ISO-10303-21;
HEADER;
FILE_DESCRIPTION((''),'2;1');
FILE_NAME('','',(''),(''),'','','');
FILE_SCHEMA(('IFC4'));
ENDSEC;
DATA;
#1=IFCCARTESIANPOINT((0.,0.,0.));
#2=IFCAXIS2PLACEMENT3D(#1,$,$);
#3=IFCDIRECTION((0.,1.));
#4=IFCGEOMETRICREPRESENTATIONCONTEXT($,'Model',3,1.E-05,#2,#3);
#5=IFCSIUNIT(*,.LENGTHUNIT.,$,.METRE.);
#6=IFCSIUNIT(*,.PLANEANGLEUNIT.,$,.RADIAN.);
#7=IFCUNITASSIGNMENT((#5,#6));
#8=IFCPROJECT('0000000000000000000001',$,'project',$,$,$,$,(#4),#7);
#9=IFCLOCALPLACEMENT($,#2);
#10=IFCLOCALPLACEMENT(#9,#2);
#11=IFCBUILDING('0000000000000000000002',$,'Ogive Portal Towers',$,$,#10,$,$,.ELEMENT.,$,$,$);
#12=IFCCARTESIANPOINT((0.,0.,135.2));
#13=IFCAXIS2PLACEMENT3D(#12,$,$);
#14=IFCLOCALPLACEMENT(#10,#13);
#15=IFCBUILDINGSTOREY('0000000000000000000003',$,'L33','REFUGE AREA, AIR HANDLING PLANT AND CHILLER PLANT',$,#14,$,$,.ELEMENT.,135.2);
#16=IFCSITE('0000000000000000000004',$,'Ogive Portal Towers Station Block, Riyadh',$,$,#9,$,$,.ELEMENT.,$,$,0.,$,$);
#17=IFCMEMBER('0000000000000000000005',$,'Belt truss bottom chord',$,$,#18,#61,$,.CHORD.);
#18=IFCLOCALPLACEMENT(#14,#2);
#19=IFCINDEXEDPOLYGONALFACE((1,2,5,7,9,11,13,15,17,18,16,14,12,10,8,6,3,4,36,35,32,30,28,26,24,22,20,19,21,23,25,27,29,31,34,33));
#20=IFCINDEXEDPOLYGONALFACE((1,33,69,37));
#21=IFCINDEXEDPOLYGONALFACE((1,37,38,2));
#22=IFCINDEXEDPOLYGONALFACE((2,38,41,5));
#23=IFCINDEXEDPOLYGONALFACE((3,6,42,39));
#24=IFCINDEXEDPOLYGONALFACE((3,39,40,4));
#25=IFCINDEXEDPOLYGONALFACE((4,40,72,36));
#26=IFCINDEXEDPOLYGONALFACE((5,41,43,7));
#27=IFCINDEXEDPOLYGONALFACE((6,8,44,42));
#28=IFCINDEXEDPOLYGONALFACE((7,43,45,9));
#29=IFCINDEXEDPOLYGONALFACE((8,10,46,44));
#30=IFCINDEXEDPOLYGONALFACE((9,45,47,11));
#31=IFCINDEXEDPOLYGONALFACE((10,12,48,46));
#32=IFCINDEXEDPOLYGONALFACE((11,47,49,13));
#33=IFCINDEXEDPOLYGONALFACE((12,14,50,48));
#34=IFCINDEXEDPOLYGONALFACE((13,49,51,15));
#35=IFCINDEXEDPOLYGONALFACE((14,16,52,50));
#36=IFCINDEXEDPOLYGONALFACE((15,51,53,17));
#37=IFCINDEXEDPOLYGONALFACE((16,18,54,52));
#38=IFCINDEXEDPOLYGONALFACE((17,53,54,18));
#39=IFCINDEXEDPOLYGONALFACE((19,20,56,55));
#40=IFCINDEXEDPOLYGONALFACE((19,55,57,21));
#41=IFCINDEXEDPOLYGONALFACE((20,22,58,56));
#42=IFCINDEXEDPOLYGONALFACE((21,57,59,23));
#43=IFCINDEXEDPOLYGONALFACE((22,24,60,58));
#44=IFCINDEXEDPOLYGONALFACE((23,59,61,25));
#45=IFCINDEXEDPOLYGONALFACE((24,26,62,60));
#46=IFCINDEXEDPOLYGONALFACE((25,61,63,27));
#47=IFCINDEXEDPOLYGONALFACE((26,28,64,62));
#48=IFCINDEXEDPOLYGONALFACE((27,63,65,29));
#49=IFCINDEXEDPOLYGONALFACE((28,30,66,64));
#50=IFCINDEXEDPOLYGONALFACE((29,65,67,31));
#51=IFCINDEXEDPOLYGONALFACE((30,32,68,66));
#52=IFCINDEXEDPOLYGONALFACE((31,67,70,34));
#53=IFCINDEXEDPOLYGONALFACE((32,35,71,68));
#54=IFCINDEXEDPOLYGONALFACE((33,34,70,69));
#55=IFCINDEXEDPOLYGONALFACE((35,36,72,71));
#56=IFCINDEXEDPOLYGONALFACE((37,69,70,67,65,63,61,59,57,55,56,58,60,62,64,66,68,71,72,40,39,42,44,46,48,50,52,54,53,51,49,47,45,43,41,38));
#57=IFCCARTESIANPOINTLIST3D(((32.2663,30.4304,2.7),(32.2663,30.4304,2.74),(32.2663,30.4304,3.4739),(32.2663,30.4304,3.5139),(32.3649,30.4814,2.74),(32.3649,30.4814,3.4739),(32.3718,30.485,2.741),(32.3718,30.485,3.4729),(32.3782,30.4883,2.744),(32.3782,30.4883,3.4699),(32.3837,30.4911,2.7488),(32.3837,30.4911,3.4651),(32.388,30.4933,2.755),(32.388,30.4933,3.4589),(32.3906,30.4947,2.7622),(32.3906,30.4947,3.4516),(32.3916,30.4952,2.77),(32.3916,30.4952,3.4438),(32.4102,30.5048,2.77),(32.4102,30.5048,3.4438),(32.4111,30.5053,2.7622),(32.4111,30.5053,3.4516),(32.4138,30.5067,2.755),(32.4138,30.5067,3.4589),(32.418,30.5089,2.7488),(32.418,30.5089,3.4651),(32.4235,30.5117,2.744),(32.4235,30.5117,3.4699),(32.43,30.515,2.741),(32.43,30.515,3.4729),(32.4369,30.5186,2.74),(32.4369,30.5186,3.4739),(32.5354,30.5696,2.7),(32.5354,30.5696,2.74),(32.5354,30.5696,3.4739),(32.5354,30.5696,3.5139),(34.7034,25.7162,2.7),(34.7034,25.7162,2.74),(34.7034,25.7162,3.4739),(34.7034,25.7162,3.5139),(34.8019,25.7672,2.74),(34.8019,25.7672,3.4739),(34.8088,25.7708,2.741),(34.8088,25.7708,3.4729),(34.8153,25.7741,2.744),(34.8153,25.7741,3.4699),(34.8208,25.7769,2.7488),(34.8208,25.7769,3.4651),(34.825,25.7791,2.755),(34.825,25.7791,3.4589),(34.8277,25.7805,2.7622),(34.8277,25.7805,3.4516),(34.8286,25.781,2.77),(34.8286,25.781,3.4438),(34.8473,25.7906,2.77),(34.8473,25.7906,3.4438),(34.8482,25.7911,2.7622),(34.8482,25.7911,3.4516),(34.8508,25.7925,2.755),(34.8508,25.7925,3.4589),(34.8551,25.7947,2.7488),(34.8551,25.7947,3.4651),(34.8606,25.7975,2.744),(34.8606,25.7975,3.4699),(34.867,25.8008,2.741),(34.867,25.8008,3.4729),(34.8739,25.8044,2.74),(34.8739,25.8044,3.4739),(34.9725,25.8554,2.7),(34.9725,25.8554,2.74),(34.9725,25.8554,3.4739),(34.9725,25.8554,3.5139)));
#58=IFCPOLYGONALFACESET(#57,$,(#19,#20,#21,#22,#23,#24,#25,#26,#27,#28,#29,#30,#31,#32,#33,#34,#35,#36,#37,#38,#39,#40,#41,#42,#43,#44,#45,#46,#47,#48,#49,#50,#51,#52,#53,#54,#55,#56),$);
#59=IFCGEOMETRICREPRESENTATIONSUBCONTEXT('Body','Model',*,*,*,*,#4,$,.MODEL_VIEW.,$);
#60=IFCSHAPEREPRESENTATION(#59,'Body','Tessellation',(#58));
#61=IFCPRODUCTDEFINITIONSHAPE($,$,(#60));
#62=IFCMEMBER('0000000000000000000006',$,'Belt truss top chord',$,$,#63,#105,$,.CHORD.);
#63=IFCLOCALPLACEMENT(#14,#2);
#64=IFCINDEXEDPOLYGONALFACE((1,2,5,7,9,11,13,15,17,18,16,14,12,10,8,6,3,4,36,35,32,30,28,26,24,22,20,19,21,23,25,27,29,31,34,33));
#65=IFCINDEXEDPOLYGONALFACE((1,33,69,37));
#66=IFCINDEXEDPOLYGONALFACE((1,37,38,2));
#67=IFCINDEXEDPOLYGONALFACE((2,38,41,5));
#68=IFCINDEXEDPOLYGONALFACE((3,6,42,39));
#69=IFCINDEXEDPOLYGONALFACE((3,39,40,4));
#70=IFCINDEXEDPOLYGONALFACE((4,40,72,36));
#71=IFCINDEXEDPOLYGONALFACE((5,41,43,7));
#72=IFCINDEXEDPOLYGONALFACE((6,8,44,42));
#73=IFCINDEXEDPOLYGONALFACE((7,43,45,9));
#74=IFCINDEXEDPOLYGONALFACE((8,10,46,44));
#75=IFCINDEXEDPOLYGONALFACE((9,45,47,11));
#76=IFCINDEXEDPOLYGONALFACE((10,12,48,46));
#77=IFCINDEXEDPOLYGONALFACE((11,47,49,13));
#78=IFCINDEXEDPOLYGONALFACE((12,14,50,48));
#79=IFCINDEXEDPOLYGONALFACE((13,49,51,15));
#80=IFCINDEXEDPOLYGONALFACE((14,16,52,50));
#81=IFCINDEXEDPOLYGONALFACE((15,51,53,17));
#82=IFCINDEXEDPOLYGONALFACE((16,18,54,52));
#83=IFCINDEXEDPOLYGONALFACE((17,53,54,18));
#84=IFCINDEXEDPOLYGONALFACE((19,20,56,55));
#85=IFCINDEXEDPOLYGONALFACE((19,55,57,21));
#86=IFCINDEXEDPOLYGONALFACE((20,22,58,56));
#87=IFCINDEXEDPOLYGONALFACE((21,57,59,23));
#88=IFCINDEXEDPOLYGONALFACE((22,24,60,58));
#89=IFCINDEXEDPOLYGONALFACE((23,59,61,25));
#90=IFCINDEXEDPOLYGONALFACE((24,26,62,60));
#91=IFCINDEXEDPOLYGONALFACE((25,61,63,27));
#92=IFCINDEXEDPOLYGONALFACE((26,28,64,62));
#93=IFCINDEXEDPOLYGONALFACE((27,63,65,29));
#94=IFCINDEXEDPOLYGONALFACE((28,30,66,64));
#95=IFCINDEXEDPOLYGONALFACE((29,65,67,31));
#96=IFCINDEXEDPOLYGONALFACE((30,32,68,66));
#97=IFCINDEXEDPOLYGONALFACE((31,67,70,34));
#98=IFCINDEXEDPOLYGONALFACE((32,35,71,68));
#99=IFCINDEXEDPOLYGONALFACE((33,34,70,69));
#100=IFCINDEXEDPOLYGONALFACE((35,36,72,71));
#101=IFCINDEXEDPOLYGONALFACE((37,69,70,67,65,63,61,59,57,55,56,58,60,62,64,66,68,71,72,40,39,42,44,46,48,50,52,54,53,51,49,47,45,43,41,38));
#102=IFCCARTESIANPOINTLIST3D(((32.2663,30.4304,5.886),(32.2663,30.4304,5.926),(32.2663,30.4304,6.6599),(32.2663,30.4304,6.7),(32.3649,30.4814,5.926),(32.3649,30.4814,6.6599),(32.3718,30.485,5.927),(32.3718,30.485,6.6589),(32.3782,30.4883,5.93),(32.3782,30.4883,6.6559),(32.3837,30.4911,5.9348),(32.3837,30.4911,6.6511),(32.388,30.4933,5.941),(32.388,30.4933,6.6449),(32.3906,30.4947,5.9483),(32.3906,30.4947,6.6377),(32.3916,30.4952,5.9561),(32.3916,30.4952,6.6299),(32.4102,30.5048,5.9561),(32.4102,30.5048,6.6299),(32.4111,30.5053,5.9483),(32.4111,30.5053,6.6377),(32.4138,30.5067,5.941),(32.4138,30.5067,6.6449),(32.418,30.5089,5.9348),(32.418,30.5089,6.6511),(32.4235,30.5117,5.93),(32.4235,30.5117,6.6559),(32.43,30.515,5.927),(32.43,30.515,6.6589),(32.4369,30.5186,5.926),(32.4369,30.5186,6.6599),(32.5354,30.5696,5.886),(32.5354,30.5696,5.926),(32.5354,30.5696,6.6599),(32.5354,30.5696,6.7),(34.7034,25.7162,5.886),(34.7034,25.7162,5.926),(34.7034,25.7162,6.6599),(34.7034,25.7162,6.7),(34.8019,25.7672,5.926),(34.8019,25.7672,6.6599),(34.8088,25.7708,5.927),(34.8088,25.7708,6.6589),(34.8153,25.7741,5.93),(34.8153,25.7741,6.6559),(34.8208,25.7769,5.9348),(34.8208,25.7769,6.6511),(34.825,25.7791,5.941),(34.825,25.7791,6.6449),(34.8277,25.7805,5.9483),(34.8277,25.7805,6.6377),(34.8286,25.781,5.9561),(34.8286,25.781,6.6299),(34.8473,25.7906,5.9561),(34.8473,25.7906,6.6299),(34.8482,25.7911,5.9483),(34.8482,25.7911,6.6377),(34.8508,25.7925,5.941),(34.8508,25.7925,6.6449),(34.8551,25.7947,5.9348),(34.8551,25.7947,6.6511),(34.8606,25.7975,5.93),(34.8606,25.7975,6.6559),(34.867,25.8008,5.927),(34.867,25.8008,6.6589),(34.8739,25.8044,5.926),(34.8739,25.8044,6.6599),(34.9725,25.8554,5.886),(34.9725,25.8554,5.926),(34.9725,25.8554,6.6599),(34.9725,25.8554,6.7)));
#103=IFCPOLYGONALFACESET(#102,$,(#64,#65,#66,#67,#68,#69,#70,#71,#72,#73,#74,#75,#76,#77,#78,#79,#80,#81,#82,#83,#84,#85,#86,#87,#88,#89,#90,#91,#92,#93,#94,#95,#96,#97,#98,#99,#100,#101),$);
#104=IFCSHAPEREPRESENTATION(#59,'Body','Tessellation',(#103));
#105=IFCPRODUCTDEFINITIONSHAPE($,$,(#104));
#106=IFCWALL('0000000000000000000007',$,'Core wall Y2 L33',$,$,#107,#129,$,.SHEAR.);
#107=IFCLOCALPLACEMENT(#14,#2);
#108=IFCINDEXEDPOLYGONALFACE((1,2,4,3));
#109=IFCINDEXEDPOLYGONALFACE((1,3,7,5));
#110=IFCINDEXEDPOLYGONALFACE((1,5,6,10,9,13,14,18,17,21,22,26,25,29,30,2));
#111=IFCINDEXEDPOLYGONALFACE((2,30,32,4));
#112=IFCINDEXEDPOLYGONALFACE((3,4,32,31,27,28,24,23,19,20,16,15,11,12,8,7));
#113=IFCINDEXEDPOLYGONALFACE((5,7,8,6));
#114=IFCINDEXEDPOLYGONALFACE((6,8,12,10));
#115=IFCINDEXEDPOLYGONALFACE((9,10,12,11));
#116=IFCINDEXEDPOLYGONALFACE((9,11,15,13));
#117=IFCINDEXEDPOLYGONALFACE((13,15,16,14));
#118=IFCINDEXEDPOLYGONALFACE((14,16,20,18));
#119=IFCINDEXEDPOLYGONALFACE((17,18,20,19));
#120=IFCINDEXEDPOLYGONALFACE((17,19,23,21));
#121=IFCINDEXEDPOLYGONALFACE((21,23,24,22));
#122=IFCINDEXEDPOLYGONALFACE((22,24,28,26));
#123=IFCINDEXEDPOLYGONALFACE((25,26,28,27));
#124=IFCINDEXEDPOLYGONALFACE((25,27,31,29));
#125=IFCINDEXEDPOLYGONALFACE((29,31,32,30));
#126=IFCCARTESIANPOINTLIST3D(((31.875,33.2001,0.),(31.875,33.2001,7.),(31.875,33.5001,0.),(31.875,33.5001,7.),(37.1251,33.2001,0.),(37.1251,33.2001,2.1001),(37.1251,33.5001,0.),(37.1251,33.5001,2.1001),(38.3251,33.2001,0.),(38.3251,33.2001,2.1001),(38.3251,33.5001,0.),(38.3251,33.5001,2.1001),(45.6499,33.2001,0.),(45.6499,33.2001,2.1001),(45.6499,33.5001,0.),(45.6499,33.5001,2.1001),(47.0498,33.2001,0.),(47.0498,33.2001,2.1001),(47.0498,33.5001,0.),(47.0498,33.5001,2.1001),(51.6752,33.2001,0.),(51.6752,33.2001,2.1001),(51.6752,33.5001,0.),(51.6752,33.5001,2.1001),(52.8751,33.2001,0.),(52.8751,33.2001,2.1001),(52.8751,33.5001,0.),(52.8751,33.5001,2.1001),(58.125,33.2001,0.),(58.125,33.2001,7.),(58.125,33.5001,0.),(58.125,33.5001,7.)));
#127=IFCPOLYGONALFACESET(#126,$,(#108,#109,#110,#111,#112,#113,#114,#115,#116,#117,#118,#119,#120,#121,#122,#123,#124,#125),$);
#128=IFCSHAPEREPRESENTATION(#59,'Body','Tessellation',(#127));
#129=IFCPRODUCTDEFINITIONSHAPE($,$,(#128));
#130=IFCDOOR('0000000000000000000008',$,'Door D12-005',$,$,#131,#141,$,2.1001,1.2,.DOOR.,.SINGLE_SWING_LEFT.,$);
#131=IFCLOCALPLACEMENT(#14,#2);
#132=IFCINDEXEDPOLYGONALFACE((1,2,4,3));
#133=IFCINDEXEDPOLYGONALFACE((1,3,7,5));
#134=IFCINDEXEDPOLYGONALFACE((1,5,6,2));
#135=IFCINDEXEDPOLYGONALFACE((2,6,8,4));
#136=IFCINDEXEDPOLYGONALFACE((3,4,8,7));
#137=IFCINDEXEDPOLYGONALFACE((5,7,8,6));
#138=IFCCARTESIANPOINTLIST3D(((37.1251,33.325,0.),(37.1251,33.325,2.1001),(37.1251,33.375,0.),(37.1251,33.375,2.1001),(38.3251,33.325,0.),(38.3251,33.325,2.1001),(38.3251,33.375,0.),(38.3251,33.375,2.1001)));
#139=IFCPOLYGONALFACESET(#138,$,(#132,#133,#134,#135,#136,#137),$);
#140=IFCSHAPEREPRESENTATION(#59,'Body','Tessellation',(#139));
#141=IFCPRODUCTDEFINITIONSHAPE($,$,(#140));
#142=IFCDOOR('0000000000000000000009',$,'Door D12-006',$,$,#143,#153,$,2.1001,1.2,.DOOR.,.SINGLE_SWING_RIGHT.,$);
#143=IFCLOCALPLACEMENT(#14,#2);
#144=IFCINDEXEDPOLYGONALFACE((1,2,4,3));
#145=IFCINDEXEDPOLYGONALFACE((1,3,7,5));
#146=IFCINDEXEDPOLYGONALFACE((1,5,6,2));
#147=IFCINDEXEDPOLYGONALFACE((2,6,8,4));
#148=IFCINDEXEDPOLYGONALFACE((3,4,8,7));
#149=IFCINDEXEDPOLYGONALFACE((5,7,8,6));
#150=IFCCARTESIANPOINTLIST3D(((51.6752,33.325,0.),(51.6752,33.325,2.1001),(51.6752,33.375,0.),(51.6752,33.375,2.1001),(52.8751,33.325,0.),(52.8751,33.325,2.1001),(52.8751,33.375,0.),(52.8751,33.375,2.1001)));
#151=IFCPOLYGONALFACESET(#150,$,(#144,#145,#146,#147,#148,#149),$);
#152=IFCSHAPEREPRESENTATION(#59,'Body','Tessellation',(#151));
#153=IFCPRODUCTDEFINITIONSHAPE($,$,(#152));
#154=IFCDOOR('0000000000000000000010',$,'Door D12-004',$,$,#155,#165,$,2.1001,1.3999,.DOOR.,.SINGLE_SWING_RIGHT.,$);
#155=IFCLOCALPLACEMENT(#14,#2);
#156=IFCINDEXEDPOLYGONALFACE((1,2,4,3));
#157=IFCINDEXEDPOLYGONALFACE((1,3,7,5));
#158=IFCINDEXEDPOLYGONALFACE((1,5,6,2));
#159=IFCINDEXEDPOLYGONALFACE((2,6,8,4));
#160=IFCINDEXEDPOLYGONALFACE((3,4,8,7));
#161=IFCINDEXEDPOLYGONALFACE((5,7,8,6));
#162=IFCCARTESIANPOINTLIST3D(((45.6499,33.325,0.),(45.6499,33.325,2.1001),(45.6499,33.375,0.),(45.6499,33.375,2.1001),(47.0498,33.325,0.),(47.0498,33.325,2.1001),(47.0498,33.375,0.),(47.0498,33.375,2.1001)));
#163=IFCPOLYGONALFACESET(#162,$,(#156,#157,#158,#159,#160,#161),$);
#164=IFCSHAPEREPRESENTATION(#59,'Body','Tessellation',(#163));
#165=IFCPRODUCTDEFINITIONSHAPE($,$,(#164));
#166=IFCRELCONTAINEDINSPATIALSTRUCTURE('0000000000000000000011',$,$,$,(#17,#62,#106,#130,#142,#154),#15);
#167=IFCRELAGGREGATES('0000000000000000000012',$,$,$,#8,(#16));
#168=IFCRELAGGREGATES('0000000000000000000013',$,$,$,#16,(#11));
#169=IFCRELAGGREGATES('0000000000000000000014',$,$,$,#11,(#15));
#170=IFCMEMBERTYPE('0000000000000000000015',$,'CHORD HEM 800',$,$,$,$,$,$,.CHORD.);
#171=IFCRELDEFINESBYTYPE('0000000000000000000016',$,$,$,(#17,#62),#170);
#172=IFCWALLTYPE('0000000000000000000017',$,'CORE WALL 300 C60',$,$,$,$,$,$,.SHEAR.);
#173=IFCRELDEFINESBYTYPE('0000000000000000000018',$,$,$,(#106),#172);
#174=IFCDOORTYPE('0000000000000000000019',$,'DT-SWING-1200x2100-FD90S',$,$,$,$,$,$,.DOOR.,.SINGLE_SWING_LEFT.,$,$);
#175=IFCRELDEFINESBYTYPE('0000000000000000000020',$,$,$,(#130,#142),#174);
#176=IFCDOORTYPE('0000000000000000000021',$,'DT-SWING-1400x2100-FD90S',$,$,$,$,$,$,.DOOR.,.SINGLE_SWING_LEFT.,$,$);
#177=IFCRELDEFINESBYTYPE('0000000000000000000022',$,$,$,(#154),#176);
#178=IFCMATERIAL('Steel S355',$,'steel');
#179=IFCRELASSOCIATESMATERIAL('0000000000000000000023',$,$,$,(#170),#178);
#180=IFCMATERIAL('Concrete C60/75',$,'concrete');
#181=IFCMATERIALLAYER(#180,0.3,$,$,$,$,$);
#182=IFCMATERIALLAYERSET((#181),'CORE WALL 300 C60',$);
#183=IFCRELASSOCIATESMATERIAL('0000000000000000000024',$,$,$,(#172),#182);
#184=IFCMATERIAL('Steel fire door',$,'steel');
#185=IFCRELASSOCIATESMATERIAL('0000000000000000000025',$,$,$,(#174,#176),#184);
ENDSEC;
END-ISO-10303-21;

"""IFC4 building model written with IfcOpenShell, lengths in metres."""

from ifc_helpers import new_model, si_unit, direction, frame, frame_2d, origin, origin_2d, place, context, subcontext, project, spatial, rectangle, i_section, extrude, material, layer, layer_set, material_profile, profile_set, type_object, element, fill, save


model = new_model("IFC4")

# Units and contexts
model_context = context("Model", 3, precision=1e-05, world=origin(), true_north=direction((0.0, 1.0)))
body_context = subcontext(model_context, "Body", "Model", "MODEL_VIEW")
ifc_project = project(units=[si_unit("LENGTHUNIT", "METRE"), si_unit("PLANEANGLEUNIT", "RADIAN")], contexts=[model_context])

# Site, building, storey
site_placement = place(None, origin())
site = spatial("IfcSite", under=ifc_project, at=site_placement, Name="Ogive Portal Towers Station Block, Riyadh", CompositionType="ELEMENT", RefElevation=0.0)
building_placement = place(site_placement, origin())
building = spatial("IfcBuilding", under=site, at=building_placement, Name="Ogive Portal Towers", CompositionType="ELEMENT")
storey_placement = place(building_placement, frame((0.0, 0.0, 135.2)))
storey = spatial("IfcBuildingStorey", under=building, at=storey_placement, Name="L33", Description="REFUGE AREA, AIR HANDLING PLANT AND CHILLER PLANT", CompositionType="ELEMENT", Elevation=135.2)

# Members
ifc_material_1 = material(Name="Steel S355", Category="steel")
ifc_material_profile_1 = material_profile(ifc_material_1, i_section(OverallWidth=0.303, OverallDepth=0.814, WebThickness=0.021, FlangeThickness=0.04, FilletRadius=0.03, at=origin_2d()), Name="HEM 800")
ifc_profile_set_1 = profile_set([ifc_material_profile_1], Name="Steel S355")
member_type_1 = type_object("IfcMemberType", Name="CHORD HEM 800", PredefinedType="CHORD", material=ifc_profile_set_1)
for number, where, z_axis, x_axis, name in (
    (1, (32.4009, 30.5, 3.1069), (0.459226, -0.888319, 0.0), (0.888319, 0.459226, 0.0), "Belt truss bottom chord"),
    (2, (32.4009, 30.5, 6.293), (0.459226, -0.888319, 0.0), (0.888319, 0.459226, 0.0), "Belt truss top chord"),
):
    element("IfcMember", number, at=place(storey_placement, frame(where, z_axis=z_axis, x_axis=x_axis)), inside=storey, type_object=member_type_1, Name=name, PredefinedType="CHORD", context=body_context, shape_type="SweptSolid", body=[
        extrude(i_section(OverallWidth=0.303, OverallDepth=0.814, WebThickness=0.021, FlangeThickness=0.04, FilletRadius=0.03, at=origin_2d()), origin(), (0.0, 0.0, 1.0), 5.3069),
    ])

# Wall, openings, doors
ifc_material_2 = material(Name="Concrete C60/75", Category="concrete")
ifc_layer_1 = layer(ifc_material_2, 0.3)
ifc_layer_set_1 = layer_set([ifc_layer_1], Name="CORE WALL 300 C60")
wall_type_1 = type_object("IfcWallType", Name="CORE WALL 300 C60", PredefinedType="SHEAR", material=ifc_layer_set_1)
wall_1_placement = place(storey_placement, frame((31.875, 33.3501, 0.0), z_axis=(0.0, 0.0, 1.0), x_axis=(1.0, 0.0, 0.0)))
wall_1 = element("IfcWall", 3, at=wall_1_placement, inside=storey, type_object=wall_type_1, Name="Core wall Y2 L33", PredefinedType="SHEAR", context=body_context, shape_type="SweptSolid", body=[
    extrude(rectangle(XDim=26.25, YDim=0.3, at=frame_2d((13.125, 0.0))), origin(), (0.0, 0.0, 1.0), 7.0),
])
opening_1_placement = place(wall_1_placement, frame((13.7749, 0.0, 0.0)))
opening_1 = element("IfcOpeningElement", 4, at=opening_1_placement, cuts=wall_1, PredefinedType="OPENING", context=body_context, shape_type="SweptSolid", body=[
    extrude(rectangle(XDim=1.3999, YDim=2.1001, at=frame_2d((0.7, 1.05))), frame((0.0, 0.1602, 0.0), z_axis=(0.0, -1.0, 0.0), x_axis=(1.0, 0.0, 0.0)), (0.0, 0.0, 1.0), 0.3201),
])
opening_2_placement = place(wall_1_placement, frame((5.25, 0.0, 0.0)))
opening_2 = element("IfcOpeningElement", 5, at=opening_2_placement, cuts=wall_1, PredefinedType="OPENING", context=body_context, shape_type="SweptSolid", body=[
    extrude(rectangle(XDim=1.2, YDim=2.1001, at=frame_2d((0.6001, 1.05))), frame((0.0, 0.1602, 0.0), z_axis=(0.0, -1.0, 0.0), x_axis=(1.0, 0.0, 0.0)), (0.0, 0.0, 1.0), 0.3201),
])
opening_3_placement = place(wall_1_placement, frame((19.8, 0.0, 0.0)))
opening_3 = element("IfcOpeningElement", 6, at=opening_3_placement, cuts=wall_1, PredefinedType="OPENING", context=body_context, shape_type="SweptSolid", body=[
    extrude(rectangle(XDim=1.2, YDim=2.1001, at=frame_2d((0.6001, 1.05))), frame((0.0, 0.1602, 0.0), z_axis=(0.0, -1.0, 0.0), x_axis=(1.0, 0.0, 0.0)), (0.0, 0.0, 1.0), 0.3201),
])
ifc_material_3 = material(Name="Steel fire door", Category="steel")
door_type_1 = type_object("IfcDoorType", Name="DT-SWING-1200x2100-FD90S", OperationType="SINGLE_SWING_LEFT", PredefinedType="DOOR", material=ifc_material_3)
door_1_placement = place(opening_2_placement, origin())
door_1 = element("IfcDoor", 7, at=door_1_placement, inside=storey, type_object=door_type_1, Name="Door D12-005", OperationType="SINGLE_SWING_LEFT", OverallHeight=2.1001, OverallWidth=1.2, PredefinedType="DOOR", context=body_context, shape_type="SweptSolid", body=[
    extrude(rectangle(XDim=1.2, YDim=2.1001, at=frame_2d((0.6001, 1.05))), frame((0.0, 0.0249, 0.0), z_axis=(0.0, -1.0, 0.0), x_axis=(1.0, 0.0, 0.0)), (0.0, 0.0, 1.0), 0.05),
])
fill(opening_2, door_1)
door_2_placement = place(opening_3_placement, origin())
door_2 = element("IfcDoor", 8, at=door_2_placement, inside=storey, type_object=door_type_1, Name="Door D12-006", OperationType="SINGLE_SWING_RIGHT", OverallHeight=2.1001, OverallWidth=1.2, PredefinedType="DOOR", context=body_context, shape_type="SweptSolid", body=[
    extrude(rectangle(XDim=1.2, YDim=2.1001, at=frame_2d((0.6001, 1.05))), frame((0.0, 0.0249, 0.0), z_axis=(0.0, -1.0, 0.0), x_axis=(1.0, 0.0, 0.0)), (0.0, 0.0, 1.0), 0.05),
])
fill(opening_3, door_2)
door_type_2 = type_object("IfcDoorType", Name="DT-SWING-1400x2100-FD90S", OperationType="SINGLE_SWING_LEFT", PredefinedType="DOOR", material=ifc_material_3)
door_3_placement = place(opening_1_placement, origin())
door_3 = element("IfcDoor", 9, at=door_3_placement, inside=storey, type_object=door_type_2, Name="Door D12-004", OperationType="SINGLE_SWING_RIGHT", OverallHeight=2.1001, OverallWidth=1.3999, PredefinedType="DOOR", context=body_context, shape_type="SweptSolid", body=[
    extrude(rectangle(XDim=1.3999, YDim=2.1001, at=frame_2d((0.7, 1.05))), frame((0.0, 0.0249, 0.0), z_axis=(0.0, -1.0, 0.0), x_axis=(1.0, 0.0, 0.0)), (0.0, 0.0, 1.0), 0.05),
])
fill(opening_1, door_3)

save(model, "model.ifc")
